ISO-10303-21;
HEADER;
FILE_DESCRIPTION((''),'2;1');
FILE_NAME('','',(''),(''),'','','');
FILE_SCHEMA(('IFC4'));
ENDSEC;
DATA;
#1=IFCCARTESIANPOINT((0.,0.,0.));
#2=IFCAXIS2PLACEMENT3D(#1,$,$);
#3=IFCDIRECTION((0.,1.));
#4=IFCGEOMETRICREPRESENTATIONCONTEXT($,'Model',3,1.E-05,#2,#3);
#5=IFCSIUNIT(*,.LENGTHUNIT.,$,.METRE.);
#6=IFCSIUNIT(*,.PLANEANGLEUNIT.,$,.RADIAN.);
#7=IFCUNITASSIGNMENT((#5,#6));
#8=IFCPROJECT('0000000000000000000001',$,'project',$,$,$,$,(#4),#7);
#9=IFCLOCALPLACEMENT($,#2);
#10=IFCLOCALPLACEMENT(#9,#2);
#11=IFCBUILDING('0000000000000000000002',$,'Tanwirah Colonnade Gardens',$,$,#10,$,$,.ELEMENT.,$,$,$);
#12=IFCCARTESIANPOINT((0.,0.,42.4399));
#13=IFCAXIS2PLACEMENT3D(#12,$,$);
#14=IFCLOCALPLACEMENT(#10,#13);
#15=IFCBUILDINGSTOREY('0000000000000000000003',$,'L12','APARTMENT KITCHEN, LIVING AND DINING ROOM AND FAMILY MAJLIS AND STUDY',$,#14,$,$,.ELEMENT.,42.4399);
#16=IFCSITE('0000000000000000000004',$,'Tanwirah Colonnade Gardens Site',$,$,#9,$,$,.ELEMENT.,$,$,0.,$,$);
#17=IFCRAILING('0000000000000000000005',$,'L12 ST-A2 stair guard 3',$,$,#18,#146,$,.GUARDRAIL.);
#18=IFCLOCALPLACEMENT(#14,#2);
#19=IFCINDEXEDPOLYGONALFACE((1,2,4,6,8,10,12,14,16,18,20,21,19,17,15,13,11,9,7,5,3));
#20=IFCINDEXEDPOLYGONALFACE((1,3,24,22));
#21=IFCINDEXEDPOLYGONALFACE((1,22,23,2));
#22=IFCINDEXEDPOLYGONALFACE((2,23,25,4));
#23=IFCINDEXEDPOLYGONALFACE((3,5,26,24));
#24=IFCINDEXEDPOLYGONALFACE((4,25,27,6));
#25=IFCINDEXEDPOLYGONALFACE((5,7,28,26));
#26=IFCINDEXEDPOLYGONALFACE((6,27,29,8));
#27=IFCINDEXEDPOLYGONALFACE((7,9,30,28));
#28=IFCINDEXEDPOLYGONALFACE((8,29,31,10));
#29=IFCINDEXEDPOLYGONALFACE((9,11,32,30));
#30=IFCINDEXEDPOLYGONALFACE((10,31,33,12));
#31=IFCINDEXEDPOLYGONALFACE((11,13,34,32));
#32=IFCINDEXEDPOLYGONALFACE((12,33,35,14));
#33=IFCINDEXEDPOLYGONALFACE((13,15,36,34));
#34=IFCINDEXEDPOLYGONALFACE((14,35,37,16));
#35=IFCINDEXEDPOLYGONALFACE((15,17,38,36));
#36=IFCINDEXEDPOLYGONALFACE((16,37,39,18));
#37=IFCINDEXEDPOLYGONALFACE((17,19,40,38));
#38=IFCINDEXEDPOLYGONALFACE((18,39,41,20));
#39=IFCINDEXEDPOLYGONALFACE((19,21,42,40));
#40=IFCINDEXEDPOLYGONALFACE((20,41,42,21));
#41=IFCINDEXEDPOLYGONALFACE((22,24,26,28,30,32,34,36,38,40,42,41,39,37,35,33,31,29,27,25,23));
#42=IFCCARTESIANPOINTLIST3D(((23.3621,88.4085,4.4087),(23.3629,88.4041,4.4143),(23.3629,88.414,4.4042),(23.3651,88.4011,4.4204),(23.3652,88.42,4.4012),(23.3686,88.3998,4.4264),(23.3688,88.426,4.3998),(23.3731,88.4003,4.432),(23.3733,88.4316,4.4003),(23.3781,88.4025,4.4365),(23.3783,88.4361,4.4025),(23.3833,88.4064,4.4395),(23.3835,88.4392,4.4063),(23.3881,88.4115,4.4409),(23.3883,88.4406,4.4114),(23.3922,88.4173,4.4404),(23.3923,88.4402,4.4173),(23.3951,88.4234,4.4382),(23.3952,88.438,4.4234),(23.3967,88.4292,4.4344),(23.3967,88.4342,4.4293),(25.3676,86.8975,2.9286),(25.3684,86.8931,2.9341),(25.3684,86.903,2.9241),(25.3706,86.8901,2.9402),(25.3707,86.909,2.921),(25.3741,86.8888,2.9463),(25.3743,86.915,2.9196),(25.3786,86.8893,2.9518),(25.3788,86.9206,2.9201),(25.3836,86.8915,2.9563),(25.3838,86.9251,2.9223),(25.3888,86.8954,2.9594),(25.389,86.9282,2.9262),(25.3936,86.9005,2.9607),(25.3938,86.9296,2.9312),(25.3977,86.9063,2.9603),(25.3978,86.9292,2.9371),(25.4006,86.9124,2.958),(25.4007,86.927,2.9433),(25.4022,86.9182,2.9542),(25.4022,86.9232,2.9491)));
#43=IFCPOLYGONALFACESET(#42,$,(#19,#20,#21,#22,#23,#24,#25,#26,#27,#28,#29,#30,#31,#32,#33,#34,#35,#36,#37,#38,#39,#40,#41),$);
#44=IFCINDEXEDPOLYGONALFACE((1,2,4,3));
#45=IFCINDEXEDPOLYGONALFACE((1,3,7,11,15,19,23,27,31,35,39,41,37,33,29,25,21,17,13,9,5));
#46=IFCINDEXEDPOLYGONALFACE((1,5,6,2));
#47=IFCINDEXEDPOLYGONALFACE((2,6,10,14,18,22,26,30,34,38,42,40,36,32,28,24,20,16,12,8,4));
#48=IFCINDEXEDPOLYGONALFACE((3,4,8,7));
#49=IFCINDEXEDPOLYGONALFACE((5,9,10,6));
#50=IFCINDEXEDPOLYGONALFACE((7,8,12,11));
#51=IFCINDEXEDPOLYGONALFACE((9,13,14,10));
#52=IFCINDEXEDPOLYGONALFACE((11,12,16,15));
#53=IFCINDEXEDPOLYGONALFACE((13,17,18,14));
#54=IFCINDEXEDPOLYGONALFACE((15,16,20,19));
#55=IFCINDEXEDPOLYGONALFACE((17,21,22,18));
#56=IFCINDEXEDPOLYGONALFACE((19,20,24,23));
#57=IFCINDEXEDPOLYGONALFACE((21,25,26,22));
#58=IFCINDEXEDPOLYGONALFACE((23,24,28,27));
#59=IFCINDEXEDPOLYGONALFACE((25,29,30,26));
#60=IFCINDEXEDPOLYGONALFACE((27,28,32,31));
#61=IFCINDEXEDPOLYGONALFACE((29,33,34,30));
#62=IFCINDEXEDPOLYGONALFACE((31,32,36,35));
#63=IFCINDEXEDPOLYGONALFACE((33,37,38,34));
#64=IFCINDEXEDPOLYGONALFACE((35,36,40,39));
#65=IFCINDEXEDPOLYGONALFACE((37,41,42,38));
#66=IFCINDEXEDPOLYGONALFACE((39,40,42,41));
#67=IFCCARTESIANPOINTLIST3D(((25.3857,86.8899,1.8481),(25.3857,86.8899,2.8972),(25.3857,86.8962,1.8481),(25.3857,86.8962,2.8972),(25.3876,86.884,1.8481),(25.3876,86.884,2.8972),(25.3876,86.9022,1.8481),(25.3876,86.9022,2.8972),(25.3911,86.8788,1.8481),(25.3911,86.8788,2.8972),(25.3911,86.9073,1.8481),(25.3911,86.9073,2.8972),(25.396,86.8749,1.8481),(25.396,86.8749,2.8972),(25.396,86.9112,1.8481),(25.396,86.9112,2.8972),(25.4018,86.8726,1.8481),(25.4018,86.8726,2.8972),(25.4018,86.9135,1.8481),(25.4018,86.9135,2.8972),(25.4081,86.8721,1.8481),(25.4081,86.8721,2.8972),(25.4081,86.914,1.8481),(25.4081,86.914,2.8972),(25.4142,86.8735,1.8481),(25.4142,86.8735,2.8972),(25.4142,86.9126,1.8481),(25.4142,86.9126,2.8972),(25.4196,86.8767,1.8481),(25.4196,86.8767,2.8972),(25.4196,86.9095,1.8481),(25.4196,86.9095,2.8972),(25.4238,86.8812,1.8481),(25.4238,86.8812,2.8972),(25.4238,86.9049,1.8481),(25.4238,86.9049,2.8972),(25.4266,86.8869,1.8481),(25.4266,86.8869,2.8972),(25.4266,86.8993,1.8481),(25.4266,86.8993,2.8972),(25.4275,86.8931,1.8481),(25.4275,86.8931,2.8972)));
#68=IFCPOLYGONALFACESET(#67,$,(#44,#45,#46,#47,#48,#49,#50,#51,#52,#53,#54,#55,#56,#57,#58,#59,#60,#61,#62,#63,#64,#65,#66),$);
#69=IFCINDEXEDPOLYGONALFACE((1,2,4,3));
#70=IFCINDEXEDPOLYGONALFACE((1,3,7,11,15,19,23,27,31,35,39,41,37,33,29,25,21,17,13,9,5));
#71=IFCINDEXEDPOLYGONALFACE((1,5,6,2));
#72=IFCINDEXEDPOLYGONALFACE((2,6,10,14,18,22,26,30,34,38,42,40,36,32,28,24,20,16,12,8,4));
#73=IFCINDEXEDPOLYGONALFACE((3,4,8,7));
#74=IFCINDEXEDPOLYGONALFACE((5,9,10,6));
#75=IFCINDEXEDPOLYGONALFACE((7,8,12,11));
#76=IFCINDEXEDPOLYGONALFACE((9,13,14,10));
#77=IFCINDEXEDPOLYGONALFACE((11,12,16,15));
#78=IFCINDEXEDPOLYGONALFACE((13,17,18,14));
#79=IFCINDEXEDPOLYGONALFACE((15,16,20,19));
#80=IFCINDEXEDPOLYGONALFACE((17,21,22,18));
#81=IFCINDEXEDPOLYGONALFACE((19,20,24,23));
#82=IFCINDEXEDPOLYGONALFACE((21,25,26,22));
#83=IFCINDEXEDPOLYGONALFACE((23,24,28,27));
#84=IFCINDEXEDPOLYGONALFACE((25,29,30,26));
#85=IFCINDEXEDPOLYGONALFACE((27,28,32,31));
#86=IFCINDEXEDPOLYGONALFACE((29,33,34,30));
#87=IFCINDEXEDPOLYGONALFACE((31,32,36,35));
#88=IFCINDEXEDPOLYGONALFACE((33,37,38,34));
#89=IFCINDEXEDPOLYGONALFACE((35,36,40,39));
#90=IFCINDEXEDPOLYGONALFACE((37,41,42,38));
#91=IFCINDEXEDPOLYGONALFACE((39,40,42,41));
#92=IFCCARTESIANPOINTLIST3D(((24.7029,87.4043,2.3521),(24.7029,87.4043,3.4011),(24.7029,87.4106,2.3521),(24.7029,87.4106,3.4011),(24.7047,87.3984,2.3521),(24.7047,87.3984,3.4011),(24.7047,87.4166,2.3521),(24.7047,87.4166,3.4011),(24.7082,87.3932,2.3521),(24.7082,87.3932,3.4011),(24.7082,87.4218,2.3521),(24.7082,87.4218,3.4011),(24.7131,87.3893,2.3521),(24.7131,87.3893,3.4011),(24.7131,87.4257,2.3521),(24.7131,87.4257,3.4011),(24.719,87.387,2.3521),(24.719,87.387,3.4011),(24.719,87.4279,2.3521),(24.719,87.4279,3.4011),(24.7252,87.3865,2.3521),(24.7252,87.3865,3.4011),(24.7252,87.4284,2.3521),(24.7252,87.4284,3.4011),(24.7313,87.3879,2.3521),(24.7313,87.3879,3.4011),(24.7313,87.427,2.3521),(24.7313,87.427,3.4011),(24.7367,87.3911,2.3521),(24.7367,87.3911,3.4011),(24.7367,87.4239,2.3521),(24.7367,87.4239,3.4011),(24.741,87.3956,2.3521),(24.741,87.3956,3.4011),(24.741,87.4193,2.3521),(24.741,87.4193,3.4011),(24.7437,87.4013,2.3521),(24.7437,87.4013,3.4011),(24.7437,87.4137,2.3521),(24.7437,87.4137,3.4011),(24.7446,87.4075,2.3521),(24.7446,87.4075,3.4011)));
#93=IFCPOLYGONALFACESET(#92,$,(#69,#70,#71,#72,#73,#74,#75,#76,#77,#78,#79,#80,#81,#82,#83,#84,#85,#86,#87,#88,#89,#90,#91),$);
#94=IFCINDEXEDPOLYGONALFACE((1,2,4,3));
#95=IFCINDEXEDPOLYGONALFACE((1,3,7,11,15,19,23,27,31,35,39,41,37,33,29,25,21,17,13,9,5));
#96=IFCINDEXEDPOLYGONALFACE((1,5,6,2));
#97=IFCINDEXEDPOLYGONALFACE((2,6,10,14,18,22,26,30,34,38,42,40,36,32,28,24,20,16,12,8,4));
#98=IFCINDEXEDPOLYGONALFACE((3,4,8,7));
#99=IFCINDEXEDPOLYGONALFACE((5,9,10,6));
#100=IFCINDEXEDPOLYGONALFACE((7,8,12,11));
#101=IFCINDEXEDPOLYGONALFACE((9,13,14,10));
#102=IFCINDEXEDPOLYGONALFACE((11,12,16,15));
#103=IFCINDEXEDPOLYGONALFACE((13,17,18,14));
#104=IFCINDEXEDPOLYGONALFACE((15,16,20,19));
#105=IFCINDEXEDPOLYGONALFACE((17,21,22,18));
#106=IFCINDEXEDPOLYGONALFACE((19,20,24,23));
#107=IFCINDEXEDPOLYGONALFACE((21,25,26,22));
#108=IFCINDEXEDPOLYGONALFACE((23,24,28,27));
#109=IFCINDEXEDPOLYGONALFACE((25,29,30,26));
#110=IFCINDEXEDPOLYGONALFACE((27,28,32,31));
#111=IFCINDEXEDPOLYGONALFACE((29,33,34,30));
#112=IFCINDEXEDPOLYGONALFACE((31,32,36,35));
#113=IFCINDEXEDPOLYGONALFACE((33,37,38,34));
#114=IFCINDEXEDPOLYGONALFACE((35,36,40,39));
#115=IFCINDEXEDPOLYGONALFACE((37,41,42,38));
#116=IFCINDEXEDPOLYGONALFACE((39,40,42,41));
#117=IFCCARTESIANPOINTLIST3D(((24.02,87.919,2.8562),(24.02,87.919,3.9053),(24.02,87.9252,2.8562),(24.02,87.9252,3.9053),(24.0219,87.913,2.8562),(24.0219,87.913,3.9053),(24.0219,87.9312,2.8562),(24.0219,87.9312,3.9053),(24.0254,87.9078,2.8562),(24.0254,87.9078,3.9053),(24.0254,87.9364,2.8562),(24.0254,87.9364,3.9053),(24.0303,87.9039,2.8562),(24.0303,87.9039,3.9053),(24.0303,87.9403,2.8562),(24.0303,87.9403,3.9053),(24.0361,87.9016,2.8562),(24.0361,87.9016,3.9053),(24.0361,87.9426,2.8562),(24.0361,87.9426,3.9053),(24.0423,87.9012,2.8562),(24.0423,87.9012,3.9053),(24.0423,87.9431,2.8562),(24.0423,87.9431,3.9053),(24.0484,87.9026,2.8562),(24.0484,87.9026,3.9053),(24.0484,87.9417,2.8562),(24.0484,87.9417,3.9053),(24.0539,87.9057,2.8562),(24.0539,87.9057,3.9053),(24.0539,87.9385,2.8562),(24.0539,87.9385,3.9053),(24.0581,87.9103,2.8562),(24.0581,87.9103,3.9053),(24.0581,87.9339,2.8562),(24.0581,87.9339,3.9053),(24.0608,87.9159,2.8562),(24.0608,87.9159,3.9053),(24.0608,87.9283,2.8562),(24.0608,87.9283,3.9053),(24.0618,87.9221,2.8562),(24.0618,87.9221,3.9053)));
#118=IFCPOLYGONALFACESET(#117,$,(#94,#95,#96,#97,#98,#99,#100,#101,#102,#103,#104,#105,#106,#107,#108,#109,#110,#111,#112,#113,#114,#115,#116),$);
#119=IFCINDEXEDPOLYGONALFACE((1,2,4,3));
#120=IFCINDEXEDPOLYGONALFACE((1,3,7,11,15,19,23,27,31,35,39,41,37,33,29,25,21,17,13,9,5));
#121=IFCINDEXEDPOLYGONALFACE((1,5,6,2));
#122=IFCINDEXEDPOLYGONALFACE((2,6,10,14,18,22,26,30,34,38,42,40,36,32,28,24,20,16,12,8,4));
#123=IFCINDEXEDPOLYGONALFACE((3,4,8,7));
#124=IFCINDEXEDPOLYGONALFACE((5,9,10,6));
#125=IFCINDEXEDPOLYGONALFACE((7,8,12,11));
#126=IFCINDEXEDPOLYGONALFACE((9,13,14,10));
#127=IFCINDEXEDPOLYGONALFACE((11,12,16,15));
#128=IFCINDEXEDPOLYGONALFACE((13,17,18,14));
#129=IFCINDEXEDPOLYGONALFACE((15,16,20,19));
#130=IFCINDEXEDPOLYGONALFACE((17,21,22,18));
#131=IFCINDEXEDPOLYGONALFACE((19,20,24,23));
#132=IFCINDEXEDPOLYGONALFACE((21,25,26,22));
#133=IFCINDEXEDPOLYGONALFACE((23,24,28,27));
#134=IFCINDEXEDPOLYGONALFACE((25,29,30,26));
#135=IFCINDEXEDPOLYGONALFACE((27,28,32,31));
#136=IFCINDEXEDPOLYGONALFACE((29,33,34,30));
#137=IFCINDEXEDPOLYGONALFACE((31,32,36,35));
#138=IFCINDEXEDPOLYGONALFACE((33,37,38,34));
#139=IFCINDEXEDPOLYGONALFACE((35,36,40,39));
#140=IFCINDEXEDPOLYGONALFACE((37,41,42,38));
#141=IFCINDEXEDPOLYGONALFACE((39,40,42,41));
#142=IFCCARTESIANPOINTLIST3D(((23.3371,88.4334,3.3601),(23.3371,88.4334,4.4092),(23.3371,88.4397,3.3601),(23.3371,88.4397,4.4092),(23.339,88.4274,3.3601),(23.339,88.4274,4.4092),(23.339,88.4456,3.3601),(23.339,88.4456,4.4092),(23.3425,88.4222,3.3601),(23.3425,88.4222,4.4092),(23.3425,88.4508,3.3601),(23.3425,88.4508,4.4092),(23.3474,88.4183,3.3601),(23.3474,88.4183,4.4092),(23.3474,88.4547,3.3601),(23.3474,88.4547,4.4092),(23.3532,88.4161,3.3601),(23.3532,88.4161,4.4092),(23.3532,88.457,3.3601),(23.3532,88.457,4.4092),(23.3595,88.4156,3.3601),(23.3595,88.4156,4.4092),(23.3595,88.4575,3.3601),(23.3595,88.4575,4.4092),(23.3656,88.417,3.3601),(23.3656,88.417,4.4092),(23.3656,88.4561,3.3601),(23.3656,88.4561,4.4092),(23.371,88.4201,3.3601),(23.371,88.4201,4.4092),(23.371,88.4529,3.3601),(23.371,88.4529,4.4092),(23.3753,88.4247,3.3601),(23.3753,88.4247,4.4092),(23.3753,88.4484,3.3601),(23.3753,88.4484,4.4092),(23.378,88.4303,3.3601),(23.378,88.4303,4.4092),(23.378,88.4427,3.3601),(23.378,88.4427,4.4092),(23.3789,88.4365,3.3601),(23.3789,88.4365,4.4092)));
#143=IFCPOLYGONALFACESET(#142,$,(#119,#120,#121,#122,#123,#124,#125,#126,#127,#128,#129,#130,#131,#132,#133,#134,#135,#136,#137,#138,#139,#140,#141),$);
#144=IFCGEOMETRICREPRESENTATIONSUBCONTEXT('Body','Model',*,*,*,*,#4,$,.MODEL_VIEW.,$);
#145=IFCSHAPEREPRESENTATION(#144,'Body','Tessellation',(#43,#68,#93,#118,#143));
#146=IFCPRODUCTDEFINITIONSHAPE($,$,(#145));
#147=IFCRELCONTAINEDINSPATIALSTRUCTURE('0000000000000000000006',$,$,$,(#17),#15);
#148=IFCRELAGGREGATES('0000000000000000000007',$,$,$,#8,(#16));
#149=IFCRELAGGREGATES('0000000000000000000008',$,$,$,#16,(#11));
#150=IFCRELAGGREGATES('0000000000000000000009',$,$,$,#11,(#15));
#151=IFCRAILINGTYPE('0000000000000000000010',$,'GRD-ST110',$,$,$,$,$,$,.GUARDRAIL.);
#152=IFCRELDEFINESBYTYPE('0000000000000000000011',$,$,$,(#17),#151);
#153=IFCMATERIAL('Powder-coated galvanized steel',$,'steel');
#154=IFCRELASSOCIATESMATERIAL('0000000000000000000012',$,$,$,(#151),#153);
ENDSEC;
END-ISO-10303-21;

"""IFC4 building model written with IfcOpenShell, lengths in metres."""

from ifc_helpers import new_model, si_unit, direction, frame, origin, origin_2d, place, context, subcontext, project, spatial, circle, extrude, material, type_object, element, save


model = new_model("IFC4")

# Units and contexts
model_context = context("Model", 3, precision=1e-05, world=origin(), true_north=direction((0.0, 1.0)))
body_context = subcontext(model_context, "Body", "Model", "MODEL_VIEW")
ifc_project = project(units=[si_unit("LENGTHUNIT", "METRE"), si_unit("PLANEANGLEUNIT", "RADIAN")], contexts=[model_context])

# Site, building, storey
site_placement = place(None, origin())
site = spatial("IfcSite", under=ifc_project, at=site_placement, Name="Tanwirah Colonnade Gardens Site", CompositionType="ELEMENT", RefElevation=0.0)
building_placement = place(site_placement, origin())
building = spatial("IfcBuilding", under=site, at=building_placement, Name="Tanwirah Colonnade Gardens", CompositionType="ELEMENT")
storey_placement = place(building_placement, frame((0.0, 0.0, 42.4399)))
storey = spatial("IfcBuildingStorey", under=building, at=storey_placement, Name="L12", Description="APARTMENT KITCHEN, LIVING AND DINING ROOM AND FAMILY MAJLIS AND STUDY", CompositionType="ELEMENT", Elevation=42.4399)

# Railing
ifc_material_1 = material(Name="Powder-coated galvanized steel", Category="steel")
railing_type_1 = type_object("IfcRailingType", Name="GRD-ST110", PredefinedType="GUARDRAIL", material=ifc_material_1)
railing_1_placement = place(storey_placement, frame((25.4065, 86.8931, 1.8481)))
element("IfcRailing", 1, at=railing_1_placement, inside=storey, type_object=railing_type_1, Name="L12 ST-A2 stair guard 3", PredefinedType="GUARDRAIL", context=body_context, shape_type="SweptSolid", body=[
    extrude(circle(Radius=0.0239, at=origin_2d()), frame((-0.0215, 0.0161, 1.092), z_axis=(-0.688042, 0.518389, 0.507811), x_axis=(-0.60175, -0.798685, 0.0)), (0.0, 0.0, 1.0), 2.9148),
    extrude(circle(Radius=0.021, at=origin_2d()), origin(), (0.0, 0.0, 1.0), 1.0491),
    extrude(circle(Radius=0.021, at=origin_2d()), frame((-0.6829, 0.5144, 0.5039)), (0.0, 0.0, 1.0), 1.0491),
    extrude(circle(Radius=0.021, at=origin_2d()), frame((-1.3657, 1.0291, 1.0081)), (0.0, 0.0, 1.0), 1.0491),
    extrude(circle(Radius=0.021, at=origin_2d()), frame((-2.0486, 1.5435, 1.512)), (0.0, 0.0, 1.0), 1.0491),
])

save(model, "model.ifc")
